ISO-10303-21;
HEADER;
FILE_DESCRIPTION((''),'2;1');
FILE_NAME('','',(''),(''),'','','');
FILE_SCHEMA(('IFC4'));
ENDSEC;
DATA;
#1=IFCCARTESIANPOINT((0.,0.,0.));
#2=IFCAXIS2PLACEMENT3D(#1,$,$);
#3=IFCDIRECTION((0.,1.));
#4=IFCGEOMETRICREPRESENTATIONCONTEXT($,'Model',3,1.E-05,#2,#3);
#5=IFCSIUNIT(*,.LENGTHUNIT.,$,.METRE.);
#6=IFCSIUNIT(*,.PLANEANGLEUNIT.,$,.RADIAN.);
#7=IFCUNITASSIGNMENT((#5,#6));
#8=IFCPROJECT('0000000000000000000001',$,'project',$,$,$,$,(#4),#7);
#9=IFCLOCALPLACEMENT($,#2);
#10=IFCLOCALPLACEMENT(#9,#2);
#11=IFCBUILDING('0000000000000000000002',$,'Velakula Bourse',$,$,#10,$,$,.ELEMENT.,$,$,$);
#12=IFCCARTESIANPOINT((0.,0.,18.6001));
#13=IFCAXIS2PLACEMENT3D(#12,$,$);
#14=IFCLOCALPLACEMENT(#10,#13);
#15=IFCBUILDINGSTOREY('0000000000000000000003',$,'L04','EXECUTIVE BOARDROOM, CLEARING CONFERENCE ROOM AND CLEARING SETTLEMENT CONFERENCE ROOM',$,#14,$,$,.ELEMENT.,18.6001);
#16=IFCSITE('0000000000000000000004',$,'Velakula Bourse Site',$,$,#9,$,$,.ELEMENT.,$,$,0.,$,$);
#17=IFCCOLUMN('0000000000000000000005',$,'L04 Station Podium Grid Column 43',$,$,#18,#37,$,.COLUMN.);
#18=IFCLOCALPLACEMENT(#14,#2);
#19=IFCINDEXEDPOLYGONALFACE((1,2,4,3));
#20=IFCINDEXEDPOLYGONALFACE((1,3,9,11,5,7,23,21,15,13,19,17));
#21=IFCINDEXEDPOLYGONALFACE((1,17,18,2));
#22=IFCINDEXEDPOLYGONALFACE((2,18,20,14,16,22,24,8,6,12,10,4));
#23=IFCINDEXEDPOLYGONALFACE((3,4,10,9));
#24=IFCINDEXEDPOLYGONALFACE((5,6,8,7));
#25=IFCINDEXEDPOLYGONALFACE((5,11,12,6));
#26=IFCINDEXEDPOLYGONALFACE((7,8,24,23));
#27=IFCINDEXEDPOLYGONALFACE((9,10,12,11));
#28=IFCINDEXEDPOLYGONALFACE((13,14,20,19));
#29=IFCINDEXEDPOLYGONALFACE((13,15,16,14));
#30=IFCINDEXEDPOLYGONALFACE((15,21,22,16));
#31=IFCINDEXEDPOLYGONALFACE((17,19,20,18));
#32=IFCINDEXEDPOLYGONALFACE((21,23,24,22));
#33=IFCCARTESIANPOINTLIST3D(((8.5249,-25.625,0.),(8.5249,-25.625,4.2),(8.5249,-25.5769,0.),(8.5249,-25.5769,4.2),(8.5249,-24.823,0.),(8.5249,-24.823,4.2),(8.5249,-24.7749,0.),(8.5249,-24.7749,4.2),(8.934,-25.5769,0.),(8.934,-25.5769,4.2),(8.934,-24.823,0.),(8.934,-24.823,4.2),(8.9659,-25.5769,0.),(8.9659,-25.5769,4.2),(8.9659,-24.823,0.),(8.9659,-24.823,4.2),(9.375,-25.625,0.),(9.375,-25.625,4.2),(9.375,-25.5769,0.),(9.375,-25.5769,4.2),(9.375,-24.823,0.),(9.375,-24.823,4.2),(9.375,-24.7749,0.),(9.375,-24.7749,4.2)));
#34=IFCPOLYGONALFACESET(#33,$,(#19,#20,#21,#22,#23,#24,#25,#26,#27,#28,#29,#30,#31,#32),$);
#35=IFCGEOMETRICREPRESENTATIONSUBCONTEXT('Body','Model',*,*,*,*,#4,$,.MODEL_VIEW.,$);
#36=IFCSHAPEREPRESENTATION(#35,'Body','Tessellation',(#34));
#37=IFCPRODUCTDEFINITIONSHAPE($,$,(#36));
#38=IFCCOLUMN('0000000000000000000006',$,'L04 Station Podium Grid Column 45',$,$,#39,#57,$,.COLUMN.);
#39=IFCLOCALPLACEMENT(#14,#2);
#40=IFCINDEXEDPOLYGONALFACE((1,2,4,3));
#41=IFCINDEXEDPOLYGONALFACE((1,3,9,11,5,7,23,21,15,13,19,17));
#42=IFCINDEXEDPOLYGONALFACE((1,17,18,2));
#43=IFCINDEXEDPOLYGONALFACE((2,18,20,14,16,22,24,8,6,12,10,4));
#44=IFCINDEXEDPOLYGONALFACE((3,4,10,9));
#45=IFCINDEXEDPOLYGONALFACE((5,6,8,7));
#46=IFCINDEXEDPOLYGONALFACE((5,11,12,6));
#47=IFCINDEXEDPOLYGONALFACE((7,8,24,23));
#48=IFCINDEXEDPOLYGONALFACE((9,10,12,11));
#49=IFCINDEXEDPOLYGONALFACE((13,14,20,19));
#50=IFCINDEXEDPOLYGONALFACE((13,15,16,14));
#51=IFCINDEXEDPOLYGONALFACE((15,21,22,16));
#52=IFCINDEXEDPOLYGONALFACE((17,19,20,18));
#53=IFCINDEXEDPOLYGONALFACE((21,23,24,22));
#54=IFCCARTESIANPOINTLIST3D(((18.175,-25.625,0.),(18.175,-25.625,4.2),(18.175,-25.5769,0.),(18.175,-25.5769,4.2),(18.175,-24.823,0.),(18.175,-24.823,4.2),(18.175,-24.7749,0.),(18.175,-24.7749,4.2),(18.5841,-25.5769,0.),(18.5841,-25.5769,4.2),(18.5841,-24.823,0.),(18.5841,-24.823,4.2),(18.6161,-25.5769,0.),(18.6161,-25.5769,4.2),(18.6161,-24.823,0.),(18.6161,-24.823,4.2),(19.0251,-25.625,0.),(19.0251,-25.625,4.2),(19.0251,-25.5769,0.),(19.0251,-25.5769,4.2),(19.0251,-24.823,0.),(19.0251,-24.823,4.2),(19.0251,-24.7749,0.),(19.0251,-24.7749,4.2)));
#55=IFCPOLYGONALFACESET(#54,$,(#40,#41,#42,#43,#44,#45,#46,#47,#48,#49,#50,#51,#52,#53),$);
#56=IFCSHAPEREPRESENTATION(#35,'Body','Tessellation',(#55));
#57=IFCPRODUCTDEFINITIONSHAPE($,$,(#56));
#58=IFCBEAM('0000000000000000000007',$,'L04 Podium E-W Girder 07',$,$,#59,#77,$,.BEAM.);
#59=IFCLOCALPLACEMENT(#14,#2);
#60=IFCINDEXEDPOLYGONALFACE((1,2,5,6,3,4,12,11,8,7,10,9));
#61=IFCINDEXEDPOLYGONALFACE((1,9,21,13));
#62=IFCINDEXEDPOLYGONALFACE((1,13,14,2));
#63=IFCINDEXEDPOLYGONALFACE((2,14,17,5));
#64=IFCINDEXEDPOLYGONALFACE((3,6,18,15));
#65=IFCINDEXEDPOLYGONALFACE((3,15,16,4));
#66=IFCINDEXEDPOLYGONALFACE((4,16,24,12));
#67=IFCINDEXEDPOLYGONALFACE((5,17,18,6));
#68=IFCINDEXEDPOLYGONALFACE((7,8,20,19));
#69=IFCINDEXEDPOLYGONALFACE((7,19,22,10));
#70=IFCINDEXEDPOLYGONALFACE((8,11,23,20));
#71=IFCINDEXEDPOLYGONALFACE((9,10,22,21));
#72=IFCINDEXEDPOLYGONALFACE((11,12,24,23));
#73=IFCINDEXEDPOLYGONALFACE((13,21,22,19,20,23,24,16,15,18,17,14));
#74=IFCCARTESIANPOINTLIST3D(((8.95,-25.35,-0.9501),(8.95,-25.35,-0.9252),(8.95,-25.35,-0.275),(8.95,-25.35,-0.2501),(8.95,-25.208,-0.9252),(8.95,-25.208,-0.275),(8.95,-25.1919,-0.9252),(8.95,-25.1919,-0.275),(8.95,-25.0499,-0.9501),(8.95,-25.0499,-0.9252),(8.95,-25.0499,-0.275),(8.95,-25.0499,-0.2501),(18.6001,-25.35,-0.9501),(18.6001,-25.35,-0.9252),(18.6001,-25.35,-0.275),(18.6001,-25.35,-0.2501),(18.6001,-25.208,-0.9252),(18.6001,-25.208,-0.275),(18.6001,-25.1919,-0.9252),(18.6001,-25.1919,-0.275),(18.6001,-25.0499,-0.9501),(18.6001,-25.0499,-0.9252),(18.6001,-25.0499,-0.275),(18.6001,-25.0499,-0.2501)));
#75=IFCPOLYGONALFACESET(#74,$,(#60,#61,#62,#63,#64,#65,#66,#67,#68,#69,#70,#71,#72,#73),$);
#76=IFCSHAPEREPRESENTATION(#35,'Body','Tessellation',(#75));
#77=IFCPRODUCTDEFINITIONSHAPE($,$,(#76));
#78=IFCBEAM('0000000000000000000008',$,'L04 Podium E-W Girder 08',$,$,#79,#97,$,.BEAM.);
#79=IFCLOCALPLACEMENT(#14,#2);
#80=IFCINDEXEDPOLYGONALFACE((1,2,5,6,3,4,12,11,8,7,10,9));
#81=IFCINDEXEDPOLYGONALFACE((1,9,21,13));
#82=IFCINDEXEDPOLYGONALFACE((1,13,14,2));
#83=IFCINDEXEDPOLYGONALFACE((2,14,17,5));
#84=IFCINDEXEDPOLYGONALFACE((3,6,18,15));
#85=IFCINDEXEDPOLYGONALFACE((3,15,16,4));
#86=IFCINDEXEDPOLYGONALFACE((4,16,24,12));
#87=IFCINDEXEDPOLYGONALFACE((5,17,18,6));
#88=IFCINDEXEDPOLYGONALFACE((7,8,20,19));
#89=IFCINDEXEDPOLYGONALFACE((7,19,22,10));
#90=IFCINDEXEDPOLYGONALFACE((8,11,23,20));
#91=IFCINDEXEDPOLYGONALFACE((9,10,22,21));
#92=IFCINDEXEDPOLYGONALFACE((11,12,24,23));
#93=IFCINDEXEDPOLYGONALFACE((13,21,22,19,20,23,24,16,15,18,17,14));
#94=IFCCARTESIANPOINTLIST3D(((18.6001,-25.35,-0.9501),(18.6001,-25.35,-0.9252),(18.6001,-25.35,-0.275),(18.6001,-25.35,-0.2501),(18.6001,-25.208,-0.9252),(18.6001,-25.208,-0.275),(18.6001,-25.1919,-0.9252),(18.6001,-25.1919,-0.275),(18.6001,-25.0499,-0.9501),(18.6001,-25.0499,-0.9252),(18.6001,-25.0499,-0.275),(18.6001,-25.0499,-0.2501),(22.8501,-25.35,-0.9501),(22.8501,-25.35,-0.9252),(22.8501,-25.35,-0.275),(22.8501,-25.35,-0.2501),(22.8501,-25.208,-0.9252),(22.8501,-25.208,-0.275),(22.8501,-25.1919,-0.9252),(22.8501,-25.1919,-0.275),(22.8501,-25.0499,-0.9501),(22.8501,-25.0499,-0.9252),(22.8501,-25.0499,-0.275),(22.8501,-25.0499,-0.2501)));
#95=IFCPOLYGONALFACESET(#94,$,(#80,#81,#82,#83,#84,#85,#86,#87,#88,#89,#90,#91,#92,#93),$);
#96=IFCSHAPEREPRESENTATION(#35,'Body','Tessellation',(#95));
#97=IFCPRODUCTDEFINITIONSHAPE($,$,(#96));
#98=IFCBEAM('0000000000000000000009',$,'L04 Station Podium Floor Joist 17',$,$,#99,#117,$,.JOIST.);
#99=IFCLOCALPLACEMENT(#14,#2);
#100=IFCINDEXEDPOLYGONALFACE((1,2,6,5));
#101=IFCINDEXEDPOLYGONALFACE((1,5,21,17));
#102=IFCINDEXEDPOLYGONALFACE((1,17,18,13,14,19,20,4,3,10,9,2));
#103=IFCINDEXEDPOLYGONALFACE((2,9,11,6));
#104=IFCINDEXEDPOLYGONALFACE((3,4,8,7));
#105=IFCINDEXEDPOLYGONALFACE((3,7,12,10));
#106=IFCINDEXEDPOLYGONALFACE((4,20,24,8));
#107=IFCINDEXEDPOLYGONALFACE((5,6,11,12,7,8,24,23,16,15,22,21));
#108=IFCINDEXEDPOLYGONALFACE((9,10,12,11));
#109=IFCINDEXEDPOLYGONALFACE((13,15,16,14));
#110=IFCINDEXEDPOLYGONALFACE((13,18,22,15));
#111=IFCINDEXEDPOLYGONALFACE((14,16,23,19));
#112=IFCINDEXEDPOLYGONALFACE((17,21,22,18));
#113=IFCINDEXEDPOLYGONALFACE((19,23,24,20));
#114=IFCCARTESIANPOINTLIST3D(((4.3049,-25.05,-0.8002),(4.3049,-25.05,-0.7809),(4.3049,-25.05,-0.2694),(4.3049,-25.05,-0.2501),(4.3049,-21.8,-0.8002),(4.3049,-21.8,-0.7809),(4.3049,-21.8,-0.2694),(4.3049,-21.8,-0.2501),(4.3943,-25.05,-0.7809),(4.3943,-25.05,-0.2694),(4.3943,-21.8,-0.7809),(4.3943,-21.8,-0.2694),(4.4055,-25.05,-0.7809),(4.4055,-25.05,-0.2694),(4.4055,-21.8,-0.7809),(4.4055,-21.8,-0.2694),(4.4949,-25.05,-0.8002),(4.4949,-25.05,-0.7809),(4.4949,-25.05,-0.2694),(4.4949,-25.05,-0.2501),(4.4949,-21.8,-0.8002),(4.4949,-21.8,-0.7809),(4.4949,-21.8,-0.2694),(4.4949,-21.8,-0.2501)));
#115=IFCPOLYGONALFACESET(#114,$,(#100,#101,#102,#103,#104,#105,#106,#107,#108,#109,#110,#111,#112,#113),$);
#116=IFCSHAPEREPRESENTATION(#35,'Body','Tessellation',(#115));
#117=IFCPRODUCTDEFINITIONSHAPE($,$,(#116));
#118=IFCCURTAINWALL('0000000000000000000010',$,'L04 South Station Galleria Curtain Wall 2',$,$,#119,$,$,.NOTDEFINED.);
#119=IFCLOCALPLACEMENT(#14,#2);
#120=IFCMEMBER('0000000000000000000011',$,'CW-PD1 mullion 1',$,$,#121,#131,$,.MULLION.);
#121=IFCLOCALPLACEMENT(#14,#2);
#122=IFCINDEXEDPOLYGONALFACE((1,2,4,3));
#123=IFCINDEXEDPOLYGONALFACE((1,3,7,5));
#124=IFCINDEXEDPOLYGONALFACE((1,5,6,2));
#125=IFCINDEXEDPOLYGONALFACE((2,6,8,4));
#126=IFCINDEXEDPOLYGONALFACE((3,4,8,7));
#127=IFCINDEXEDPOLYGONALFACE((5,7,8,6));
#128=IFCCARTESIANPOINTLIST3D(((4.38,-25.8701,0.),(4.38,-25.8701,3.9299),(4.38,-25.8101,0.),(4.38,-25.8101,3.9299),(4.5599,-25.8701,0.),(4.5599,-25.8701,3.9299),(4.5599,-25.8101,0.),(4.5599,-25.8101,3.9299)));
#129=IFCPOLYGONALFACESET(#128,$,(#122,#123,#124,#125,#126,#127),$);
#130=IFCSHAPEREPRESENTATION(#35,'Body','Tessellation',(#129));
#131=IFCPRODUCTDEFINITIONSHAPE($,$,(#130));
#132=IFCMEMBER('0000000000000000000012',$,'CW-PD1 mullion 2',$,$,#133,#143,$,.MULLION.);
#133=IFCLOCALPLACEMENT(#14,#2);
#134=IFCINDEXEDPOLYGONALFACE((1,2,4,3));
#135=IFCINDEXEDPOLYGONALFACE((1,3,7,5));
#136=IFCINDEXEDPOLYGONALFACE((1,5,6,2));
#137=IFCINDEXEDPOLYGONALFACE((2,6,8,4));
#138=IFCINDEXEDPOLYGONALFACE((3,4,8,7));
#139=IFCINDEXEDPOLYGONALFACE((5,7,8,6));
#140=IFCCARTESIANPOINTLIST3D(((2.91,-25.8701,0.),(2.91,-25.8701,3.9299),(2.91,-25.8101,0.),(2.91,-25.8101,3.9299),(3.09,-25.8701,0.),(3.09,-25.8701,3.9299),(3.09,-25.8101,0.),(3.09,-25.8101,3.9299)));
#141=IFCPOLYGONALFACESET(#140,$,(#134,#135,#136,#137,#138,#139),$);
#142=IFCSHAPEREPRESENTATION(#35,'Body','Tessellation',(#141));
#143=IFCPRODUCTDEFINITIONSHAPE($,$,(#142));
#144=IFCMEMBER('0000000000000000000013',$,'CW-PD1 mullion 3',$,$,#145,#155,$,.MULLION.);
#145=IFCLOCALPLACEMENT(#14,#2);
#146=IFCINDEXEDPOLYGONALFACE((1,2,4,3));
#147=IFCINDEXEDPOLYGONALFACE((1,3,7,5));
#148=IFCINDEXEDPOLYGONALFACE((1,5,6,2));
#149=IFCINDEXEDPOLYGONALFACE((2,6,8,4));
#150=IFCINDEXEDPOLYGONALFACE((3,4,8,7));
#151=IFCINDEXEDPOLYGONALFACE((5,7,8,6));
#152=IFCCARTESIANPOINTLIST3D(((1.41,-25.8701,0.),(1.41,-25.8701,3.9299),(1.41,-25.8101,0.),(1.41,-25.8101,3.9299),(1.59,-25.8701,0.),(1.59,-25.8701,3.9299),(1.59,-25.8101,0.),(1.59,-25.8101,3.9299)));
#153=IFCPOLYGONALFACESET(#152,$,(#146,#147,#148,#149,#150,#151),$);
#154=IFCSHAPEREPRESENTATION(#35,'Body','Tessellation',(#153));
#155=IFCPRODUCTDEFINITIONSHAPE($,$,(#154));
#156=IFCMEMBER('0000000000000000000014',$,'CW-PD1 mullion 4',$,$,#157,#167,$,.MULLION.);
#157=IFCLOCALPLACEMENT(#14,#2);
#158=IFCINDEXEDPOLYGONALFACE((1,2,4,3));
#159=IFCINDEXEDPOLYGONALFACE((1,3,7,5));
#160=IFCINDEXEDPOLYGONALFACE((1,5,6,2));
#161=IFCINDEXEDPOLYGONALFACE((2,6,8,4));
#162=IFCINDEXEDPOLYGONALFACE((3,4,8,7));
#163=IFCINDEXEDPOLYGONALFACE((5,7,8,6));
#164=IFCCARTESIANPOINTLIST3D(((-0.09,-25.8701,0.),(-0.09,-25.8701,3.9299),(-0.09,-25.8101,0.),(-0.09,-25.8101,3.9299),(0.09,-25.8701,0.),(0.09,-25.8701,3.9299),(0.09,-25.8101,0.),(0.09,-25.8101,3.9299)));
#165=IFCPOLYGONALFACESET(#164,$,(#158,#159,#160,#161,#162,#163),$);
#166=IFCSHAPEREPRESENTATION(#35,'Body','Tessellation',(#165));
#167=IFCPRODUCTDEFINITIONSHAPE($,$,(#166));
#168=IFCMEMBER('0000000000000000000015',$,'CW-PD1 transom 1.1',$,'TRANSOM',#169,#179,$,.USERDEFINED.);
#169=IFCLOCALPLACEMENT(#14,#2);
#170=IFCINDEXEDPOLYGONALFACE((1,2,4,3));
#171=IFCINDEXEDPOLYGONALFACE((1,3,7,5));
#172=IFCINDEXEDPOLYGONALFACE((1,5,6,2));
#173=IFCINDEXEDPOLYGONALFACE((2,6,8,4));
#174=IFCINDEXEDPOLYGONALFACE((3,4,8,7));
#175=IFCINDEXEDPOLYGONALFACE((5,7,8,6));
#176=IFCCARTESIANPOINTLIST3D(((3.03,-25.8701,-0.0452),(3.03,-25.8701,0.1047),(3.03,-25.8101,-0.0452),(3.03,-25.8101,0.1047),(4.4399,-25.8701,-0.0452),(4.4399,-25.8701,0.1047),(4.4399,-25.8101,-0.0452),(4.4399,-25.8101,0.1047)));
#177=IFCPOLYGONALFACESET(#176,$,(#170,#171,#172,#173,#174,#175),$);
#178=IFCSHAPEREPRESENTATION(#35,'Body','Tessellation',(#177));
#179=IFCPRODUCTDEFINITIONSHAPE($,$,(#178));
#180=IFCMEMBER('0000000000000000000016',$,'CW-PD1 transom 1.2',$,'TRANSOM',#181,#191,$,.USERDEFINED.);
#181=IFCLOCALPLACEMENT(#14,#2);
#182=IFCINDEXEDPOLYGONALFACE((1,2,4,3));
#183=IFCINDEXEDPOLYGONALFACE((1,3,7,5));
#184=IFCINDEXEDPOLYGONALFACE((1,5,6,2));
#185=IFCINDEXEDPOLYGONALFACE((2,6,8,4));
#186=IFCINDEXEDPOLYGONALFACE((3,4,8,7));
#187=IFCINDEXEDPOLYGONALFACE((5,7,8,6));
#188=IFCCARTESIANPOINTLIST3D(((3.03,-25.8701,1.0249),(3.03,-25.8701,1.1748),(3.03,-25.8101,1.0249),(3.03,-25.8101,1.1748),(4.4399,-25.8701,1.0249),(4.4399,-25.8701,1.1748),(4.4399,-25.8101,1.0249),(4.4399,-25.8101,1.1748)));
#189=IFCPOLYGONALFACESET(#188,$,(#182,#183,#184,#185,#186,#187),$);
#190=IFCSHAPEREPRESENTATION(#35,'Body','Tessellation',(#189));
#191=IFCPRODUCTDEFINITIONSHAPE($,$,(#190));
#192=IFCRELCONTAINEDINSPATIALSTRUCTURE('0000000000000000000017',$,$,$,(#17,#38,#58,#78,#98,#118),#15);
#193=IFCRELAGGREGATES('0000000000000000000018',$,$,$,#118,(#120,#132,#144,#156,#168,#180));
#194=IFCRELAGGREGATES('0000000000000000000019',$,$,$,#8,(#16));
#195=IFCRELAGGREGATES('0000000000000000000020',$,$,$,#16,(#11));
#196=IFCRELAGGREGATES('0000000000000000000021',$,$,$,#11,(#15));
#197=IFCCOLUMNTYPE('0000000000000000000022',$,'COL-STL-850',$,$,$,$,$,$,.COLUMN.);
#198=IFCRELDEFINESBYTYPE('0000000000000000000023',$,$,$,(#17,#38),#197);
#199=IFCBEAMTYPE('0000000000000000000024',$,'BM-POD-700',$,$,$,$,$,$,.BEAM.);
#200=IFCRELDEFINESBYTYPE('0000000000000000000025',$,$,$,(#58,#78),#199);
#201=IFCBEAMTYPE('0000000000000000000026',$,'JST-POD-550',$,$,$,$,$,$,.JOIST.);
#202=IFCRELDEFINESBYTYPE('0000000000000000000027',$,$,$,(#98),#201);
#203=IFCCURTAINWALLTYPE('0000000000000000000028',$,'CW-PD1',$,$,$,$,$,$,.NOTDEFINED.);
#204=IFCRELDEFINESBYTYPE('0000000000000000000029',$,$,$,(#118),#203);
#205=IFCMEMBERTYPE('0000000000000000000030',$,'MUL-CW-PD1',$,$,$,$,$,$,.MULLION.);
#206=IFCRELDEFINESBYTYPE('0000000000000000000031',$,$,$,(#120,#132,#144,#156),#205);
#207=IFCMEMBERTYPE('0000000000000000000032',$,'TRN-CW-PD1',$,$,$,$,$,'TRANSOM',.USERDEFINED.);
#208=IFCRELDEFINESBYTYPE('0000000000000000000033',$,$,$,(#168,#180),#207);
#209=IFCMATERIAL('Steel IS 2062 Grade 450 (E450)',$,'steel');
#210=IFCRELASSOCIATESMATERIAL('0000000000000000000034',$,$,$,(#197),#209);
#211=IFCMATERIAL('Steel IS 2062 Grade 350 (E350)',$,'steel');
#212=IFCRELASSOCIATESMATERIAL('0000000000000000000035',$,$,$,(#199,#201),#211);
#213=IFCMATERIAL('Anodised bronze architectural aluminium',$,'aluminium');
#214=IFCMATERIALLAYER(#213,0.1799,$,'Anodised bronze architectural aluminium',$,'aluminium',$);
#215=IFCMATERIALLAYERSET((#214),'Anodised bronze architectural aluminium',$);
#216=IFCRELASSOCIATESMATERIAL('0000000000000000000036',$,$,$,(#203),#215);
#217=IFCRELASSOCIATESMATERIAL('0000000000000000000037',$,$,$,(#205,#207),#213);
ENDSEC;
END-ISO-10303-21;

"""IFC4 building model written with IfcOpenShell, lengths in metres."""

from ifc_helpers import new_model, si_unit, direction, frame, origin, origin_2d, place, context, subcontext, project, spatial, rectangle, i_section, extrude, material, layer, layer_set, material_profile, profile_set, type_object, element, aggregate, save


model = new_model("IFC4")

# Units and contexts
model_context = context("Model", 3, precision=1e-05, world=origin(), true_north=direction((0.0, 1.0)))
body_context = subcontext(model_context, "Body", "Model", "MODEL_VIEW")
ifc_project = project(units=[si_unit("LENGTHUNIT", "METRE"), si_unit("PLANEANGLEUNIT", "RADIAN")], contexts=[model_context])

# Site, building, storey
site_placement = place(None, origin())
site = spatial("IfcSite", under=ifc_project, at=site_placement, Name="Velakula Bourse Site", CompositionType="ELEMENT", RefElevation=0.0)
building_placement = place(site_placement, origin())
building = spatial("IfcBuilding", under=site, at=building_placement, Name="Velakula Bourse", CompositionType="ELEMENT")
storey_placement = place(building_placement, frame((0.0, 0.0, 18.6001)))
storey = spatial("IfcBuildingStorey", under=building, at=storey_placement, Name="L04", Description="EXECUTIVE BOARDROOM, CLEARING CONFERENCE ROOM AND CLEARING SETTLEMENT CONFERENCE ROOM", CompositionType="ELEMENT", Elevation=18.6001)

# Columns
ifc_material_1 = material(Name="Steel IS 2062 Grade 450 (E450)", Category="steel")
ifc_material_profile_1 = material_profile(ifc_material_1, i_section(OverallWidth=0.8501, OverallDepth=0.8501, WebThickness=0.032, FlangeThickness=0.0481, at=origin_2d()), Name="Steel IS 2062 Grade 450 (E450)")
ifc_profile_set_1 = profile_set([ifc_material_profile_1], Name="Steel IS 2062 Grade 450 (E450)")
column_type = type_object("IfcColumnType", Name="COL-STL-850", PredefinedType="COLUMN", material=ifc_profile_set_1)
for number, where, z_axis, x_axis, name in (
    (1, (8.95, -25.2, 0.0), (0.0, 0.0, 1.0), (1.0, 0.0, 0.0), "L04 Station Podium Grid Column 43"),
    (2, (18.6001, -25.2, 0.0), (0.0, 0.0, 1.0), (1.0, 0.0, 0.0), "L04 Station Podium Grid Column 45"),
):
    element("IfcColumn", number, at=place(storey_placement, frame(where, z_axis=z_axis, x_axis=x_axis)), inside=storey, type_object=column_type, Name=name, PredefinedType="COLUMN", context=body_context, shape_type="SweptSolid", body=[
        extrude(i_section(OverallWidth=0.8501, OverallDepth=0.8501, WebThickness=0.032, FlangeThickness=0.0481, at=origin_2d()), origin(), (0.0, 0.0, 1.0), 4.2),
    ])

# Beams
ifc_material_2 = material(Name="Steel IS 2062 Grade 350 (E350)", Category="steel")
ifc_material_profile_2 = material_profile(ifc_material_2, i_section(OverallWidth=0.3, OverallDepth=0.7, WebThickness=0.0161, FlangeThickness=0.0249, at=origin_2d()), Name="Steel IS 2062 Grade 350 (E350)")
ifc_profile_set_2 = profile_set([ifc_material_profile_2], Name="Steel IS 2062 Grade 350 (E350)")
beam_type_1 = type_object("IfcBeamType", Name="BM-POD-700", PredefinedType="BEAM", material=ifc_profile_set_2)
beam_1_placement = place(storey_placement, frame((8.95, -25.2, -0.6001), z_axis=(1.0, 0.0, 0.0), x_axis=(0.0, 1.0, 0.0)))
element("IfcBeam", 3, at=beam_1_placement, inside=storey, type_object=beam_type_1, Name="L04 Podium E-W Girder 07", PredefinedType="BEAM", context=body_context, shape_type="SweptSolid", body=[
    extrude(i_section(OverallWidth=0.3, OverallDepth=0.7, WebThickness=0.0161, FlangeThickness=0.0249, at=origin_2d()), origin(), (0.0, 0.0, 1.0), 9.6501),
])
beam_2_placement = place(storey_placement, frame((18.6001, -25.2, -0.6001), z_axis=(1.0, 0.0, 0.0), x_axis=(0.0, 1.0, 0.0)))
element("IfcBeam", 4, at=beam_2_placement, inside=storey, type_object=beam_type_1, Name="L04 Podium E-W Girder 08", PredefinedType="BEAM", context=body_context, shape_type="SweptSolid", body=[
    extrude(i_section(OverallWidth=0.3, OverallDepth=0.7, WebThickness=0.0161, FlangeThickness=0.0249, at=origin_2d()), origin(), (0.0, 0.0, 1.0), 4.25),
])
ifc_material_profile_3 = material_profile(ifc_material_2, i_section(OverallWidth=0.1899, OverallDepth=0.55, WebThickness=0.0112, FlangeThickness=0.0193, at=origin_2d()), Name="Steel IS 2062 Grade 350 (E350)")
ifc_profile_set_3 = profile_set([ifc_material_profile_3], Name="Steel IS 2062 Grade 350 (E350)")
beam_type_2 = type_object("IfcBeamType", Name="JST-POD-550", PredefinedType="JOIST", material=ifc_profile_set_3)
beam_3_placement = place(storey_placement, frame((4.3999, -25.05, -0.5251), z_axis=(0.0, 1.0, 0.0), x_axis=(-1.0, 0.0, 0.0)))
element("IfcBeam", 5, at=beam_3_placement, inside=storey, type_object=beam_type_2, Name="L04 Station Podium Floor Joist 17", PredefinedType="JOIST", context=body_context, shape_type="SweptSolid", body=[
    extrude(i_section(OverallWidth=0.1899, OverallDepth=0.55, WebThickness=0.0112, FlangeThickness=0.0193, at=origin_2d()), origin(), (0.0, 0.0, 1.0), 3.25),
])

# Curtain wall, members
ifc_material_3 = material(Name="Anodised bronze architectural aluminium", Category="aluminium")
ifc_layer_1 = layer(ifc_material_3, 0.1799, Name="Anodised bronze architectural aluminium", Category="aluminium")
ifc_layer_set_1 = layer_set([ifc_layer_1], Name="Anodised bronze architectural aluminium")
curtain_wall_type = type_object("IfcCurtainWallType", Name="CW-PD1", PredefinedType="NOTDEFINED", material=ifc_layer_set_1)
curtain_wall_placement = place(storey_placement, origin())
curtain_wall = element("IfcCurtainWall", 6, at=curtain_wall_placement, inside=storey, type_object=curtain_wall_type, Name="L04 South Station Galleria Curtain Wall 2", PredefinedType="NOTDEFINED")
ifc_material_profile_4 = material_profile(ifc_material_3, rectangle(XDim=0.0601, YDim=0.1799, at=origin_2d()), Name="Anodised bronze architectural aluminium")
ifc_profile_set_4 = profile_set([ifc_material_profile_4], Name="Anodised bronze architectural aluminium")
member_type_1 = type_object("IfcMemberType", Name="MUL-CW-PD1", PredefinedType="MULLION", material=ifc_profile_set_4)
member_1_placement = place(storey_placement, frame((4.47, -25.8401, 0.0), z_axis=(0.0, 0.0, 1.0), x_axis=(0.0, -1.0, 0.0)))
member_1 = element("IfcMember", 7, at=member_1_placement, type_object=member_type_1, Name="CW-PD1 mullion 1", PredefinedType="MULLION", context=body_context, shape_type="SweptSolid", body=[
    extrude(rectangle(XDim=0.0601, YDim=0.1799, at=origin_2d()), origin(), (0.0, 0.0, 1.0), 3.9299),
])
member_2_placement = place(storey_placement, frame((3.0, -25.8401, 0.0), z_axis=(0.0, 0.0, 1.0), x_axis=(0.0, -1.0, 0.0)))
member_2 = element("IfcMember", 8, at=member_2_placement, type_object=member_type_1, Name="CW-PD1 mullion 2", PredefinedType="MULLION", context=body_context, shape_type="SweptSolid", body=[
    extrude(rectangle(XDim=0.0601, YDim=0.1799, at=origin_2d()), origin(), (0.0, 0.0, 1.0), 3.9299),
])
member_3_placement = place(storey_placement, frame((1.5, -25.8401, 0.0), z_axis=(0.0, 0.0, 1.0), x_axis=(0.0, -1.0, 0.0)))
member_3 = element("IfcMember", 9, at=member_3_placement, type_object=member_type_1, Name="CW-PD1 mullion 3", PredefinedType="MULLION", context=body_context, shape_type="SweptSolid", body=[
    extrude(rectangle(XDim=0.0601, YDim=0.1799, at=origin_2d()), origin(), (0.0, 0.0, 1.0), 3.9299),
])
member_4_placement = place(storey_placement, frame((0.0, -25.8401, 0.0), z_axis=(0.0, 0.0, 1.0), x_axis=(0.0, -1.0, 0.0)))
member_4 = element("IfcMember", 10, at=member_4_placement, type_object=member_type_1, Name="CW-PD1 mullion 4", PredefinedType="MULLION", context=body_context, shape_type="SweptSolid", body=[
    extrude(rectangle(XDim=0.0601, YDim=0.1799, at=origin_2d()), origin(), (0.0, 0.0, 1.0), 3.9299),
])
ifc_material_profile_5 = material_profile(ifc_material_3, rectangle(XDim=0.0601, YDim=0.1499, at=origin_2d()), Name="Anodised bronze architectural aluminium")
ifc_profile_set_5 = profile_set([ifc_material_profile_5], Name="Anodised bronze architectural aluminium")
member_type_2 = type_object("IfcMemberType", Name="TRN-CW-PD1", ElementType="TRANSOM", PredefinedType="USERDEFINED", material=ifc_profile_set_5)
member_5_placement = place(storey_placement, frame((4.4399, -25.8401, 0.0298), z_axis=(-1.0, 0.0, 0.0), x_axis=(0.0, -1.0, 0.0)))
member_5 = element("IfcMember", 11, at=member_5_placement, type_object=member_type_2, Name="CW-PD1 transom 1.1", ObjectType="TRANSOM", PredefinedType="USERDEFINED", context=body_context, shape_type="SweptSolid", body=[
    extrude(rectangle(XDim=0.0601, YDim=0.1499, at=origin_2d()), origin(), (0.0, 0.0, 1.0), 1.4099),
])
member_6_placement = place(storey_placement, frame((4.4399, -25.8401, 1.0999), z_axis=(-1.0, 0.0, 0.0), x_axis=(0.0, -1.0, 0.0)))
member_6 = element("IfcMember", 12, at=member_6_placement, type_object=member_type_2, Name="CW-PD1 transom 1.2", ObjectType="TRANSOM", PredefinedType="USERDEFINED", context=body_context, shape_type="SweptSolid", body=[
    extrude(rectangle(XDim=0.0601, YDim=0.1499, at=origin_2d()), origin(), (0.0, 0.0, 1.0), 1.4099),
])
aggregate(curtain_wall, [member_1, member_2, member_3, member_4, member_5, member_6])

save(model, "model.ifc")
